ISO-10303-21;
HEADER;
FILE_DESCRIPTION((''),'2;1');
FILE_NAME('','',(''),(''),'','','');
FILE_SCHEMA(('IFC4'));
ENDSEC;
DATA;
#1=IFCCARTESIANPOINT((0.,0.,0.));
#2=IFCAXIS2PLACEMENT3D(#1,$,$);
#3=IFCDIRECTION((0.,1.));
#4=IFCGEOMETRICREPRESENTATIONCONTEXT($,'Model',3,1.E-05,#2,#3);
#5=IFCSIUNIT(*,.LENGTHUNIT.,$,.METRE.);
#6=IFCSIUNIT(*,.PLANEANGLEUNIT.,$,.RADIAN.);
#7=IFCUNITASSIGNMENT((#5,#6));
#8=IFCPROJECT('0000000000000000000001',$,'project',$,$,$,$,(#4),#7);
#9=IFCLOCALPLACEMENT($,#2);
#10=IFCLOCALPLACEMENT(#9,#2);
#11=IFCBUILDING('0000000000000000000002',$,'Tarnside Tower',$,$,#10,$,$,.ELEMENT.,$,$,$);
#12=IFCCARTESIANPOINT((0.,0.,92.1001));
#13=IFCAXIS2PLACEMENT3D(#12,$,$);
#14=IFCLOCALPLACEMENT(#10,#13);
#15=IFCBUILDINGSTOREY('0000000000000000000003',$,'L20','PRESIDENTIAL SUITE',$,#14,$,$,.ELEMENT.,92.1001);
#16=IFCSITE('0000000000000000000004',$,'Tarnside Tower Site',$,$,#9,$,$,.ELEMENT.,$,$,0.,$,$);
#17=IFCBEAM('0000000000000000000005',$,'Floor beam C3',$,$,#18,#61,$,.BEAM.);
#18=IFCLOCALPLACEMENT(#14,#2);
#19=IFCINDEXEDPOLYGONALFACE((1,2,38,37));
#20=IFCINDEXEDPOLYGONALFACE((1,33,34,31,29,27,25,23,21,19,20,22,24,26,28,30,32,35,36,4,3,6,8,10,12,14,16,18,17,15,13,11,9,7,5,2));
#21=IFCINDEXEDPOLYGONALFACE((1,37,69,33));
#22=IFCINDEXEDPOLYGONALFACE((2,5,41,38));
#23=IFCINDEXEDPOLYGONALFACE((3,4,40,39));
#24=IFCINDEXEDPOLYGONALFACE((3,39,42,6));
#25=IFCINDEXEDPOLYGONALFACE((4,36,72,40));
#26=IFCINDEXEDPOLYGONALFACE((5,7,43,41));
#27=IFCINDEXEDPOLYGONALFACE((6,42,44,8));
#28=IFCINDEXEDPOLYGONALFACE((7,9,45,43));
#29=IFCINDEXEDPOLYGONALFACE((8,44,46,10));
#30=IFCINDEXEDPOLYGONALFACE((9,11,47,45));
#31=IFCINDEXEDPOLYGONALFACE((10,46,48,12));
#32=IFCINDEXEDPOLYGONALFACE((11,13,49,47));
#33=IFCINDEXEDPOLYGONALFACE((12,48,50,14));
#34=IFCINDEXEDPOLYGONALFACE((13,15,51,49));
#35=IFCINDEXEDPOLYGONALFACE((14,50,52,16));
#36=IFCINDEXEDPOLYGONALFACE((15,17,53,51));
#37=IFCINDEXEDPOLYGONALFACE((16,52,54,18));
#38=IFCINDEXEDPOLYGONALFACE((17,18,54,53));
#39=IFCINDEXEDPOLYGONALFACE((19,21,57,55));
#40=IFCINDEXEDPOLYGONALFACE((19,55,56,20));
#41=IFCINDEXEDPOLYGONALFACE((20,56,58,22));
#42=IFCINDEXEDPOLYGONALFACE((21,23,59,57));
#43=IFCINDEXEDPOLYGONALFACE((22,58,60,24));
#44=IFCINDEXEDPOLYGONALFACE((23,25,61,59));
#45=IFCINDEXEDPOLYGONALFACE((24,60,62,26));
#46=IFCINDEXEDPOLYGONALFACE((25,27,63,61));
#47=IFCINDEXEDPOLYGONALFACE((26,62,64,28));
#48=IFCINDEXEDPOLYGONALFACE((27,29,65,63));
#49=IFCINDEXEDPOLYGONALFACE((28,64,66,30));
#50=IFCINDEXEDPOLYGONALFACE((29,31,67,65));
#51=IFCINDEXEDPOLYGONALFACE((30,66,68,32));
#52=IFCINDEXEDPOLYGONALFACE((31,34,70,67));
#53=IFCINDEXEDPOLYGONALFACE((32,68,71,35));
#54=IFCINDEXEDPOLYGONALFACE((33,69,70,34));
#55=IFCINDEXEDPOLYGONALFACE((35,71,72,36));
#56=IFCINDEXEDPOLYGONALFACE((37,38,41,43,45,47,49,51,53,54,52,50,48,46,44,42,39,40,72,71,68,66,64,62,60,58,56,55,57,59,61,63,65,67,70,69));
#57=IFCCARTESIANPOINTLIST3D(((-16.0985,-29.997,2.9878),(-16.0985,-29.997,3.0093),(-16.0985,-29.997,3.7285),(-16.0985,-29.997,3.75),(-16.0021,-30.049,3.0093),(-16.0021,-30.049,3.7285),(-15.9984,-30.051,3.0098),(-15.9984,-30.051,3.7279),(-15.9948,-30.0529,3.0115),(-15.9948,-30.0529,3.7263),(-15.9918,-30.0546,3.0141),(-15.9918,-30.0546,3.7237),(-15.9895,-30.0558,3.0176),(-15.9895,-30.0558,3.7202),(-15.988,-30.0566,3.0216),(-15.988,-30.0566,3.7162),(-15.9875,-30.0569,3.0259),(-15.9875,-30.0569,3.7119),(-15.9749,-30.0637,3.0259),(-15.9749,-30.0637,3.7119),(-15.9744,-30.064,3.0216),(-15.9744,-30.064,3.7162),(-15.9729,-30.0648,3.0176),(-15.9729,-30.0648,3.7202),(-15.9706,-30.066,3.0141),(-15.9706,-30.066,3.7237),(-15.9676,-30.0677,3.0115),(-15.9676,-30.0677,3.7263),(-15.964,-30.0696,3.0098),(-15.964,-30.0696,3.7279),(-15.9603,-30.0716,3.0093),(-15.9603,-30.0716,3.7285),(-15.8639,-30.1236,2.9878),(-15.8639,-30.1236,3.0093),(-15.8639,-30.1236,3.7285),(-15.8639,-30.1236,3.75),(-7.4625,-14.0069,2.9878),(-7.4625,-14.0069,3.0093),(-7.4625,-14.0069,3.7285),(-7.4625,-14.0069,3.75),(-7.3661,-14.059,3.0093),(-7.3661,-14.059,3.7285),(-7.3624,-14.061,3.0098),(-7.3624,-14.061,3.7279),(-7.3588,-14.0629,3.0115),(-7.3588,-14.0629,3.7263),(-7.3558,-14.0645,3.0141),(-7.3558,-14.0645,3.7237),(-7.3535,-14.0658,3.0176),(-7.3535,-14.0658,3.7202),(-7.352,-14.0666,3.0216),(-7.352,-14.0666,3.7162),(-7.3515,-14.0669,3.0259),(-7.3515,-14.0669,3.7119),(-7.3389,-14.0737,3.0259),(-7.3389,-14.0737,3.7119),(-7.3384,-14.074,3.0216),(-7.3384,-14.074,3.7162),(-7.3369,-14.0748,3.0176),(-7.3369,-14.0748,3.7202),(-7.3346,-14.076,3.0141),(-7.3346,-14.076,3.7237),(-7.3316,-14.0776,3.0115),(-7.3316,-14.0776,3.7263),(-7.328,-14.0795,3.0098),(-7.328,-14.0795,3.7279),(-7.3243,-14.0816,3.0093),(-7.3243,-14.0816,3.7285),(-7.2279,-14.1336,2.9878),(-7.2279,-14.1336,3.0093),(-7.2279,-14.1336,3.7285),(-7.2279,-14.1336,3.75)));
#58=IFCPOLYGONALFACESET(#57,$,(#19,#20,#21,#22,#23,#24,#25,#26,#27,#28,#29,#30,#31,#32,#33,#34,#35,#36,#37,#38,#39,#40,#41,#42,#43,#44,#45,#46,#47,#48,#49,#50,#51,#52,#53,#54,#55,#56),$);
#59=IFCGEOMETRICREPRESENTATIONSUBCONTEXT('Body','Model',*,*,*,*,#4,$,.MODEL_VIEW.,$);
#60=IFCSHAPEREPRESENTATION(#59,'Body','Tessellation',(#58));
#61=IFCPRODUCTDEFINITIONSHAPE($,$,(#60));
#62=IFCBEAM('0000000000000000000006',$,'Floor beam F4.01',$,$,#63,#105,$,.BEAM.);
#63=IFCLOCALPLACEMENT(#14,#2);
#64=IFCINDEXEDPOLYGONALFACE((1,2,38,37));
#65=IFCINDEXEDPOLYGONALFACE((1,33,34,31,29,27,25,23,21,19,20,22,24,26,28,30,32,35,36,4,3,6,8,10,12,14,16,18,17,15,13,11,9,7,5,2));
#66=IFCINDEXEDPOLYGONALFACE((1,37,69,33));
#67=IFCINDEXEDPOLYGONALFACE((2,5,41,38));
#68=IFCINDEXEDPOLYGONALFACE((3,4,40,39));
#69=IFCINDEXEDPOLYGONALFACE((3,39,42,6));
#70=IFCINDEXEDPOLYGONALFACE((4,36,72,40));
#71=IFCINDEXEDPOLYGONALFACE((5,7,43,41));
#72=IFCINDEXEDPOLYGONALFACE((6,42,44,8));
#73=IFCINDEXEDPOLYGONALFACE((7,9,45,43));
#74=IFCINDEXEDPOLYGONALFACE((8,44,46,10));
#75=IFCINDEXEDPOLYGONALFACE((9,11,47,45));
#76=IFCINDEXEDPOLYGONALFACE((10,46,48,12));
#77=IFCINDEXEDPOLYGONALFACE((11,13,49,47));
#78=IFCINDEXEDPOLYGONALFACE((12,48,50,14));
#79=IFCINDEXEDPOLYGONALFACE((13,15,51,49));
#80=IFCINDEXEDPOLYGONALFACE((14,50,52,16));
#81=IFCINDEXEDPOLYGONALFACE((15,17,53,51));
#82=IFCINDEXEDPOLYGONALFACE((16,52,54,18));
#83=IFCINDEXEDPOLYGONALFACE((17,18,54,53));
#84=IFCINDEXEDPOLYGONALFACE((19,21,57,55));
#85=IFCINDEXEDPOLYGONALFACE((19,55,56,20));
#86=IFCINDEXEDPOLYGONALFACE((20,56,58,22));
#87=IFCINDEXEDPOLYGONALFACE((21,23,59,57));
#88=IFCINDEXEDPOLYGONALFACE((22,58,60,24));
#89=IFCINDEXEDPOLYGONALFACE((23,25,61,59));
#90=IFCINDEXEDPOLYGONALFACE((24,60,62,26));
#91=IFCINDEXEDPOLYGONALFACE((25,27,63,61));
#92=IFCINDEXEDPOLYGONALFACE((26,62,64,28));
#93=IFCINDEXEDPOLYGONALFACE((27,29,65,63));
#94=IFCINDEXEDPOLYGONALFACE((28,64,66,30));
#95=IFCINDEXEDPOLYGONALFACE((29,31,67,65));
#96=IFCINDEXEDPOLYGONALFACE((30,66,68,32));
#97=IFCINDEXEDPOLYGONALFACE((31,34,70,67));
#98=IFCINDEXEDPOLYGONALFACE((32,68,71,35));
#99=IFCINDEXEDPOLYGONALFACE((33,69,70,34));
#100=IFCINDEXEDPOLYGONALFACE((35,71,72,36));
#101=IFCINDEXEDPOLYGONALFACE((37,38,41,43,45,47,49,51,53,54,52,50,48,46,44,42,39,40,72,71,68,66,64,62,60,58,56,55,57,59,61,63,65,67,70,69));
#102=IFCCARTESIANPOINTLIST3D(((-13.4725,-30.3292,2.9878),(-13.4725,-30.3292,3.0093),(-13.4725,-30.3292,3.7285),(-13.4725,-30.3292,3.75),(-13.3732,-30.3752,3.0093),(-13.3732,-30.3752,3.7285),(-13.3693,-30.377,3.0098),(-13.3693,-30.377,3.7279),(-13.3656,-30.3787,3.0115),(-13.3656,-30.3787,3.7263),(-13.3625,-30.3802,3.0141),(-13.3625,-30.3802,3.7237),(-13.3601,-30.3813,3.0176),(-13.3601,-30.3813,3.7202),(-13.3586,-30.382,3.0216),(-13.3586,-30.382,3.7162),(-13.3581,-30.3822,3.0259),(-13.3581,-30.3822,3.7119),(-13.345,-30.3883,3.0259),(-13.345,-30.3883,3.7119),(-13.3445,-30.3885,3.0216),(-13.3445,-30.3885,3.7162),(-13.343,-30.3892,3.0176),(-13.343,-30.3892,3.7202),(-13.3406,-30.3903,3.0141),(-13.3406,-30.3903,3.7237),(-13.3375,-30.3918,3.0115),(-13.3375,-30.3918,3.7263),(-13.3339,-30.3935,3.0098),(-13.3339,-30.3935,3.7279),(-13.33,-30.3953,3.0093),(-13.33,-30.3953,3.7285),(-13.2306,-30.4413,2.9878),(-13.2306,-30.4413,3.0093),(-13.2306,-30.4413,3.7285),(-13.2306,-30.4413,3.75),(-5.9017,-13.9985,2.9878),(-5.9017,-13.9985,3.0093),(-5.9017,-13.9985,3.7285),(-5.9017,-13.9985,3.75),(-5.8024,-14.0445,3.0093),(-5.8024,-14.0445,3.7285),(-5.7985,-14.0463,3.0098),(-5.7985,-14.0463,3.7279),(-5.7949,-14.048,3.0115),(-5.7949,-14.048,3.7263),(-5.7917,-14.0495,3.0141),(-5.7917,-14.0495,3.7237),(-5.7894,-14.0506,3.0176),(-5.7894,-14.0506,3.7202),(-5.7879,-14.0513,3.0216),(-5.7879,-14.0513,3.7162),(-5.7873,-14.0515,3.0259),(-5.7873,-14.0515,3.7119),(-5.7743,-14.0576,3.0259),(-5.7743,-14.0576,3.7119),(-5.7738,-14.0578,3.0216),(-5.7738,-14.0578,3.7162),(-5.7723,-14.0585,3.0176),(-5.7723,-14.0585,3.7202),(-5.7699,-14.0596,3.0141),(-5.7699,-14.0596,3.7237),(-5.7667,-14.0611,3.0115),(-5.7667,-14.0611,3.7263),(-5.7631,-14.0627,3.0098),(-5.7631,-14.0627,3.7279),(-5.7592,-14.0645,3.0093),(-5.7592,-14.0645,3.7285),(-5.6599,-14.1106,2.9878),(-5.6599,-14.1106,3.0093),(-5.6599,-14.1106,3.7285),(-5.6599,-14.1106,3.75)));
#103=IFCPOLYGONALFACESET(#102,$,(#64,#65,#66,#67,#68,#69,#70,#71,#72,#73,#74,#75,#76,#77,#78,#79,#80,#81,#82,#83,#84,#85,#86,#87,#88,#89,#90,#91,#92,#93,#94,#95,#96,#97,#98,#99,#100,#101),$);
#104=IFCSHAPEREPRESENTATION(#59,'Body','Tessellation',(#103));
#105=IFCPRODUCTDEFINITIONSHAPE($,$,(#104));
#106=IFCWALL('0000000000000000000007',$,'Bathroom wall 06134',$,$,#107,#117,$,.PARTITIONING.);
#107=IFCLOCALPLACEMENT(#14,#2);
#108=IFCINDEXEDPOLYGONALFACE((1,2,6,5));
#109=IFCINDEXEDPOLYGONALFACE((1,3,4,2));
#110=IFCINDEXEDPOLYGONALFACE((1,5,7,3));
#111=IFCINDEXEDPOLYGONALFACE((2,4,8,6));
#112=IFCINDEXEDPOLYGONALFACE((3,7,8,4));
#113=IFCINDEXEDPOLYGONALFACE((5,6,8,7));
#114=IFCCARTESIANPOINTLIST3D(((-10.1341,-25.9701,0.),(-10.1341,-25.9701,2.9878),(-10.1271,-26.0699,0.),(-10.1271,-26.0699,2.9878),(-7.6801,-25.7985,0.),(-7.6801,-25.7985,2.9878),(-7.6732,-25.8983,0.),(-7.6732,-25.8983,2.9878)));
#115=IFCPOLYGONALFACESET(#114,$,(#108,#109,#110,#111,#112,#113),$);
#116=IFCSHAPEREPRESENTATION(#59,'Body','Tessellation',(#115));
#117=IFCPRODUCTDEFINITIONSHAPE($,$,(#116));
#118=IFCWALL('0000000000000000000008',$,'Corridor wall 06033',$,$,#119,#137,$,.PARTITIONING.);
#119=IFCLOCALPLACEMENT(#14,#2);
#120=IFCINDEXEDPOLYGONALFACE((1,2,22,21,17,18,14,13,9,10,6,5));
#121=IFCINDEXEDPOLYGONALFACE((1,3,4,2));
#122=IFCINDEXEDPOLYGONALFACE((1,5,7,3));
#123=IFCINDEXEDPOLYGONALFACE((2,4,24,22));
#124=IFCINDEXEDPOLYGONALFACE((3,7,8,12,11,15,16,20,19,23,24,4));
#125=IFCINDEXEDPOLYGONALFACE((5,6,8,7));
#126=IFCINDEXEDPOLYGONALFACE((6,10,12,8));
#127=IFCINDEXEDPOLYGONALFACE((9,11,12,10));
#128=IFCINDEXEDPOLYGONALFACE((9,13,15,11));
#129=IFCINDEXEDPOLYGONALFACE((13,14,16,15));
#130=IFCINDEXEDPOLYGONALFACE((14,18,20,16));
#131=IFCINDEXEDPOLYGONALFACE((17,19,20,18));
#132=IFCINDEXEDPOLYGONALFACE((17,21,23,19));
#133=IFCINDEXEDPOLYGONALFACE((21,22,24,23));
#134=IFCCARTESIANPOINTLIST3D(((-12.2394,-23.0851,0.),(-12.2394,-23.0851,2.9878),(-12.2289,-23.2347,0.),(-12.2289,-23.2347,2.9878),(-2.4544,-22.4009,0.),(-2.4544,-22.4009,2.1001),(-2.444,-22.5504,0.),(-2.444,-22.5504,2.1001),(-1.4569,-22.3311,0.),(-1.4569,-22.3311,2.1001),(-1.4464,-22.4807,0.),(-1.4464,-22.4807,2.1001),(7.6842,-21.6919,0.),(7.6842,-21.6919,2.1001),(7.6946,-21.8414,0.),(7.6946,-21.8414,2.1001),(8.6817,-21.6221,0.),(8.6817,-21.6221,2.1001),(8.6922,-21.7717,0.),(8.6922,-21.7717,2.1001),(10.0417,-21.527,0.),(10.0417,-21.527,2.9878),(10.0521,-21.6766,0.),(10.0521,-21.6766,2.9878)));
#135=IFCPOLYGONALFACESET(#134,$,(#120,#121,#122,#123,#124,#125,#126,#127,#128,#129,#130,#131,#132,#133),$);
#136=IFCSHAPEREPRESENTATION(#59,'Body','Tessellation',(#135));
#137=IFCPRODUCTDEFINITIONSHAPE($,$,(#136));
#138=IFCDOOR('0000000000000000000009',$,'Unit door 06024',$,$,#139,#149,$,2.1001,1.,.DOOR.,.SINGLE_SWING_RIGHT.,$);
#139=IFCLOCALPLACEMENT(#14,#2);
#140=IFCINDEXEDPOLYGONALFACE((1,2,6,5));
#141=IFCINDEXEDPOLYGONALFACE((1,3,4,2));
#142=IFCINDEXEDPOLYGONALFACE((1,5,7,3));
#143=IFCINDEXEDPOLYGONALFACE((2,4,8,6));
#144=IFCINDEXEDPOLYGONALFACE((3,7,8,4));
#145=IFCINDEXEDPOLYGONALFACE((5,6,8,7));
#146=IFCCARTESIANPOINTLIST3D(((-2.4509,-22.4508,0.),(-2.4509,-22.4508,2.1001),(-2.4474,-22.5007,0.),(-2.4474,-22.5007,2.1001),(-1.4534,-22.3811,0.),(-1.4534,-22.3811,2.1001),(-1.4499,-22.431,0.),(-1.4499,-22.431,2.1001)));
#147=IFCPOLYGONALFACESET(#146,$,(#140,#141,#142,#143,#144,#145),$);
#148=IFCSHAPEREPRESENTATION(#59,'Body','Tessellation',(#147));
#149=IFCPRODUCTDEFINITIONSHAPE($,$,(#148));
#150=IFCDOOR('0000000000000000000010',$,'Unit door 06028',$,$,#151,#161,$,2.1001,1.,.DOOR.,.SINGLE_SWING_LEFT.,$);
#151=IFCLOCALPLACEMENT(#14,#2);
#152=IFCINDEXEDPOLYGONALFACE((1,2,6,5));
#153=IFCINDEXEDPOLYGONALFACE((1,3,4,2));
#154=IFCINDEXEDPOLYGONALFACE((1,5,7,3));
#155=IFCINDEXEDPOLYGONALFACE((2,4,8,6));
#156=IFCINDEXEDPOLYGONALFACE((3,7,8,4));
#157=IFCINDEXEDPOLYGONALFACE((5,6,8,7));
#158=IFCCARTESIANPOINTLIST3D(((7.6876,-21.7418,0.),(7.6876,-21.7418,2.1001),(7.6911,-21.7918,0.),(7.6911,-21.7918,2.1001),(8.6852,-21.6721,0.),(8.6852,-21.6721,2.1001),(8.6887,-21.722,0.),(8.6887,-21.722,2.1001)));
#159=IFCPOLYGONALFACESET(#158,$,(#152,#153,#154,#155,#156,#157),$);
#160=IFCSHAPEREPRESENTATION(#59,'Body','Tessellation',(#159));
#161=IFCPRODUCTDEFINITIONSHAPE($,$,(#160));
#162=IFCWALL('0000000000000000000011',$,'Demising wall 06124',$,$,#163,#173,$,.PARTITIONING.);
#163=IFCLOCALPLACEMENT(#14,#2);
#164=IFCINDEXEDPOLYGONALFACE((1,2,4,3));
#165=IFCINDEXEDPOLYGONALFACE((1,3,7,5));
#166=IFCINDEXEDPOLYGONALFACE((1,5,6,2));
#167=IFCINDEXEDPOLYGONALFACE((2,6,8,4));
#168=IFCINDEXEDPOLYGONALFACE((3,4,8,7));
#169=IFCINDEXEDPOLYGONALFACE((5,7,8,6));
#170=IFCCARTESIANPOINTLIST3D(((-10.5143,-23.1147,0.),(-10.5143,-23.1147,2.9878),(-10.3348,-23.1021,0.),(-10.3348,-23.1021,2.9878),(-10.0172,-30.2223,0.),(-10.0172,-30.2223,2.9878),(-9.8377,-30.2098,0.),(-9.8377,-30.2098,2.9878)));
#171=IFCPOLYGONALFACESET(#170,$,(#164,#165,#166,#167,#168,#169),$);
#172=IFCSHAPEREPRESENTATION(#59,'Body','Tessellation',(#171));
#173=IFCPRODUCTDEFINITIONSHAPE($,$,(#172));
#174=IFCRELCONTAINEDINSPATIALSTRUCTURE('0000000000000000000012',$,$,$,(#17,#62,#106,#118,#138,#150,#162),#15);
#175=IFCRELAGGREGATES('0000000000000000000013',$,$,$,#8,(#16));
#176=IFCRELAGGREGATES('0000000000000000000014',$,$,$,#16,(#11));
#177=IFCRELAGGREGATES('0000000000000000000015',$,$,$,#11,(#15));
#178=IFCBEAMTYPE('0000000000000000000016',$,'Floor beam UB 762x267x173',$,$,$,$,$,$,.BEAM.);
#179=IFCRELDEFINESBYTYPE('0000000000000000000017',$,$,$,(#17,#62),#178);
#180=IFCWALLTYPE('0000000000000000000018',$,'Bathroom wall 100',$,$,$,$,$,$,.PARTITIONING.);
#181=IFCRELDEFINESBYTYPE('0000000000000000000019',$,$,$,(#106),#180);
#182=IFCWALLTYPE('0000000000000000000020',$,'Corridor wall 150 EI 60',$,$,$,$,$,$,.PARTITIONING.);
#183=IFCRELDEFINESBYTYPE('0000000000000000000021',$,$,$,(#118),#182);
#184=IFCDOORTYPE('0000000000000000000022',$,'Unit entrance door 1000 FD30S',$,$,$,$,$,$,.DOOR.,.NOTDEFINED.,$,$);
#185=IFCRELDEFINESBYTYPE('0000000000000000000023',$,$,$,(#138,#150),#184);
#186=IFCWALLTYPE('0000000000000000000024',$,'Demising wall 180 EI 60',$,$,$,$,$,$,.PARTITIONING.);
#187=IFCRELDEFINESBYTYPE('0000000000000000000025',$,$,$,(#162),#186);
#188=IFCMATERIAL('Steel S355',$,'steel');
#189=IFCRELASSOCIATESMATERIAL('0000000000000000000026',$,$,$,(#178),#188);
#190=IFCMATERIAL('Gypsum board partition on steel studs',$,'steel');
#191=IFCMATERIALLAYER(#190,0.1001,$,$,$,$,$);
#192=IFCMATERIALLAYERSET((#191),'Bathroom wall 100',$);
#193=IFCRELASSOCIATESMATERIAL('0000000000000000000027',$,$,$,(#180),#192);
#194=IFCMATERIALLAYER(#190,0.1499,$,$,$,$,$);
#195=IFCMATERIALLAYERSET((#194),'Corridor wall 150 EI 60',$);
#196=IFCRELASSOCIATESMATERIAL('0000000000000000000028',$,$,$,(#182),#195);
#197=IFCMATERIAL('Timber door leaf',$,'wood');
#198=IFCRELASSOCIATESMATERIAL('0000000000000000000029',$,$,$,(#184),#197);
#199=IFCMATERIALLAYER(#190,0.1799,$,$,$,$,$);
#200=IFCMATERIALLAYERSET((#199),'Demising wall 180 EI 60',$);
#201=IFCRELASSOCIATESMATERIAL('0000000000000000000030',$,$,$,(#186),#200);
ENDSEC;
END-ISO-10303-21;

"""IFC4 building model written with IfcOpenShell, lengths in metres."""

from ifc_helpers import new_model, si_unit, direction, frame, frame_2d, origin, origin_2d, place, context, subcontext, project, spatial, rectangle, i_section, extrude, material, layer, layer_set, material_profile, profile_set, type_object, element, fill, save


model = new_model("IFC4")

# Units and contexts
model_context = context("Model", 3, precision=1e-05, world=origin(), true_north=direction((0.0, 1.0)))
body_context = subcontext(model_context, "Body", "Model", "MODEL_VIEW")
ifc_project = project(units=[si_unit("LENGTHUNIT", "METRE"), si_unit("PLANEANGLEUNIT", "RADIAN")], contexts=[model_context])

# Site, building, storey
site_placement = place(None, origin())
site = spatial("IfcSite", under=ifc_project, at=site_placement, Name="Tarnside Tower Site", CompositionType="ELEMENT", RefElevation=0.0)
building_placement = place(site_placement, origin())
building = spatial("IfcBuilding", under=site, at=building_placement, Name="Tarnside Tower", CompositionType="ELEMENT")
storey_placement = place(building_placement, frame((0.0, 0.0, 92.1001)))
storey = spatial("IfcBuildingStorey", under=building, at=storey_placement, Name="L20", Description="PRESIDENTIAL SUITE", CompositionType="ELEMENT", Elevation=92.1001)

# Beams
ifc_material_1 = material(Name="Steel S355", Category="steel")
ifc_material_profile = material_profile(ifc_material_1, i_section(OverallWidth=0.2666, OverallDepth=0.7622, WebThickness=0.0144, FlangeThickness=0.0215, FilletRadius=0.0166, at=origin_2d()), Name="UB 762x267x173")
ifc_profile_set = profile_set([ifc_material_profile], Name="Steel S355")
beam_type = type_object("IfcBeamType", Name="Floor beam UB 762x267x173", PredefinedType="BEAM", material=ifc_profile_set)
beam_1_placement = place(storey_placement, frame((-15.9812, -30.0603, 3.3689), z_axis=(0.475208, 0.879873, 0.0), x_axis=(-0.879873, 0.475208, 0.0)))
element("IfcBeam", 1, at=beam_1_placement, inside=storey, type_object=beam_type, Name="Floor beam C3", PredefinedType="BEAM", context=body_context, shape_type="SweptSolid", body=[
    extrude(i_section(OverallWidth=0.2666, OverallDepth=0.7622, WebThickness=0.0144, FlangeThickness=0.0215, FilletRadius=0.0166, at=origin_2d()), origin(), (0.0, 0.0, 1.0), 18.1731),
])
beam_2_placement = place(storey_placement, frame((-13.3516, -30.3853, 3.3689), z_axis=(0.420592, 0.90725, 0.0), x_axis=(-0.90725, 0.420592, 0.0)))
element("IfcBeam", 2, at=beam_2_placement, inside=storey, type_object=beam_type, Name="Floor beam F4.01", PredefinedType="BEAM", context=body_context, shape_type="SweptSolid", body=[
    extrude(i_section(OverallWidth=0.2666, OverallDepth=0.7622, WebThickness=0.0144, FlangeThickness=0.0215, FilletRadius=0.0166, at=origin_2d()), origin(), (0.0, 0.0, 1.0), 18.0002),
])

# Wall
ifc_material_2 = material(Name="Gypsum board partition on steel studs", Category="steel")
ifc_layer_1 = layer(ifc_material_2, 0.1001)
ifc_layer_set_1 = layer_set([ifc_layer_1], Name="Bathroom wall 100")
wall_type_1 = type_object("IfcWallType", Name="Bathroom wall 100", PredefinedType="PARTITIONING", material=ifc_layer_set_1)
wall_1_placement = place(storey_placement, frame((-10.1306, -26.02, 0.0), z_axis=(0.0, 0.0, 1.0), x_axis=(0.997563, 0.069773, 0.0)))
element("IfcWall", 3, at=wall_1_placement, inside=storey, type_object=wall_type_1, Name="Bathroom wall 06134", PredefinedType="PARTITIONING", context=body_context, shape_type="SweptSolid", body=[
    extrude(rectangle(XDim=2.46, YDim=0.1001, at=frame_2d((1.23, 0.0))), origin(), (0.0, 0.0, 1.0), 2.9878),
])

# Wall, openings, doors
ifc_layer_2 = layer(ifc_material_2, 0.1499)
ifc_layer_set_2 = layer_set([ifc_layer_2], Name="Corridor wall 150 EI 60")
wall_type_2 = type_object("IfcWallType", Name="Corridor wall 150 EI 60", PredefinedType="PARTITIONING", material=ifc_layer_set_2)
wall_2_placement = place(storey_placement, frame((-12.2341, -23.1599, 0.0), z_axis=(0.0, 0.0, 1.0), x_axis=(0.997564, 0.069759, 0.0)))
wall_2 = element("IfcWall", 4, at=wall_2_placement, inside=storey, type_object=wall_type_2, Name="Corridor wall 06033", PredefinedType="PARTITIONING", context=body_context, shape_type="SweptSolid", body=[
    extrude(rectangle(XDim=22.3354, YDim=0.1499, at=frame_2d((11.1677, 0.0))), origin(), (0.0, 0.0, 1.0), 2.9878),
])
opening_1_placement = place(wall_2_placement, frame((9.8088, 0.0, 0.0)))
opening_1 = element("IfcOpeningElement", 5, at=opening_1_placement, cuts=wall_2, PredefinedType="OPENING", context=body_context, shape_type="SweptSolid", body=[
    extrude(rectangle(XDim=1.0, YDim=2.1001, at=frame_2d((0.5, 1.05))), frame((0.0, 0.085, 0.0), z_axis=(0.0, -1.0, 0.0), x_axis=(1.0, 0.0, 0.0)), (0.0, 0.0, 1.0), 0.1699),
])
opening_2_placement = place(wall_2_placement, frame((19.9722, 0.0, 0.0)))
opening_2 = element("IfcOpeningElement", 6, at=opening_2_placement, cuts=wall_2, PredefinedType="OPENING", context=body_context, shape_type="SweptSolid", body=[
    extrude(rectangle(XDim=1.0, YDim=2.1001, at=frame_2d((0.5, 1.05))), frame((0.0, 0.085, 0.0), z_axis=(0.0, -1.0, 0.0), x_axis=(1.0, 0.0, 0.0)), (0.0, 0.0, 1.0), 0.1699),
])
ifc_material_3 = material(Name="Timber door leaf", Category="wood")
door_type_1 = type_object("IfcDoorType", Name="Unit entrance door 1000 FD30S", OperationType="NOTDEFINED", PredefinedType="DOOR", material=ifc_material_3)
door_1_placement = place(opening_1_placement, origin())
door_1 = element("IfcDoor", 7, at=door_1_placement, inside=storey, type_object=door_type_1, Name="Unit door 06024", OperationType="SINGLE_SWING_RIGHT", OverallHeight=2.1001, OverallWidth=1.0, PredefinedType="DOOR", context=body_context, shape_type="SweptSolid", body=[
    extrude(rectangle(XDim=1.0, YDim=2.1001, at=frame_2d((0.5, 1.05))), frame((0.0, 0.0249, 0.0), z_axis=(0.0, -1.0, 0.0), x_axis=(1.0, 0.0, 0.0)), (0.0, 0.0, 1.0), 0.05),
])
fill(opening_1, door_1)
door_2_placement = place(opening_2_placement, origin())
door_2 = element("IfcDoor", 8, at=door_2_placement, inside=storey, type_object=door_type_1, Name="Unit door 06028", OperationType="SINGLE_SWING_LEFT", OverallHeight=2.1001, OverallWidth=1.0, PredefinedType="DOOR", context=body_context, shape_type="SweptSolid", body=[
    extrude(rectangle(XDim=1.0, YDim=2.1001, at=frame_2d((0.5, 1.05))), frame((0.0, 0.0249, 0.0), z_axis=(0.0, -1.0, 0.0), x_axis=(1.0, 0.0, 0.0)), (0.0, 0.0, 1.0), 0.05),
])
fill(opening_2, door_2)

# Wall
ifc_layer_3 = layer(ifc_material_2, 0.1799)
ifc_layer_set_3 = layer_set([ifc_layer_3], Name="Demising wall 180 EI 60")
wall_type_3 = type_object("IfcWallType", Name="Demising wall 180 EI 60", PredefinedType="PARTITIONING", material=ifc_layer_set_3)
wall_3_placement = place(storey_placement, frame((-9.9275, -30.2161, 0.0), z_axis=(0.0, 0.0, 1.0), x_axis=(-0.069764, 0.997564, 0.0)))
element("IfcWall", 9, at=wall_3_placement, inside=storey, type_object=wall_type_3, Name="Demising wall 06124", PredefinedType="PARTITIONING", context=body_context, shape_type="SweptSolid", body=[
    extrude(rectangle(XDim=7.125, YDim=0.1799, at=frame_2d((3.5625, 0.0))), origin(), (0.0, 0.0, 1.0), 2.9878),
])

save(model, "model.ifc")
